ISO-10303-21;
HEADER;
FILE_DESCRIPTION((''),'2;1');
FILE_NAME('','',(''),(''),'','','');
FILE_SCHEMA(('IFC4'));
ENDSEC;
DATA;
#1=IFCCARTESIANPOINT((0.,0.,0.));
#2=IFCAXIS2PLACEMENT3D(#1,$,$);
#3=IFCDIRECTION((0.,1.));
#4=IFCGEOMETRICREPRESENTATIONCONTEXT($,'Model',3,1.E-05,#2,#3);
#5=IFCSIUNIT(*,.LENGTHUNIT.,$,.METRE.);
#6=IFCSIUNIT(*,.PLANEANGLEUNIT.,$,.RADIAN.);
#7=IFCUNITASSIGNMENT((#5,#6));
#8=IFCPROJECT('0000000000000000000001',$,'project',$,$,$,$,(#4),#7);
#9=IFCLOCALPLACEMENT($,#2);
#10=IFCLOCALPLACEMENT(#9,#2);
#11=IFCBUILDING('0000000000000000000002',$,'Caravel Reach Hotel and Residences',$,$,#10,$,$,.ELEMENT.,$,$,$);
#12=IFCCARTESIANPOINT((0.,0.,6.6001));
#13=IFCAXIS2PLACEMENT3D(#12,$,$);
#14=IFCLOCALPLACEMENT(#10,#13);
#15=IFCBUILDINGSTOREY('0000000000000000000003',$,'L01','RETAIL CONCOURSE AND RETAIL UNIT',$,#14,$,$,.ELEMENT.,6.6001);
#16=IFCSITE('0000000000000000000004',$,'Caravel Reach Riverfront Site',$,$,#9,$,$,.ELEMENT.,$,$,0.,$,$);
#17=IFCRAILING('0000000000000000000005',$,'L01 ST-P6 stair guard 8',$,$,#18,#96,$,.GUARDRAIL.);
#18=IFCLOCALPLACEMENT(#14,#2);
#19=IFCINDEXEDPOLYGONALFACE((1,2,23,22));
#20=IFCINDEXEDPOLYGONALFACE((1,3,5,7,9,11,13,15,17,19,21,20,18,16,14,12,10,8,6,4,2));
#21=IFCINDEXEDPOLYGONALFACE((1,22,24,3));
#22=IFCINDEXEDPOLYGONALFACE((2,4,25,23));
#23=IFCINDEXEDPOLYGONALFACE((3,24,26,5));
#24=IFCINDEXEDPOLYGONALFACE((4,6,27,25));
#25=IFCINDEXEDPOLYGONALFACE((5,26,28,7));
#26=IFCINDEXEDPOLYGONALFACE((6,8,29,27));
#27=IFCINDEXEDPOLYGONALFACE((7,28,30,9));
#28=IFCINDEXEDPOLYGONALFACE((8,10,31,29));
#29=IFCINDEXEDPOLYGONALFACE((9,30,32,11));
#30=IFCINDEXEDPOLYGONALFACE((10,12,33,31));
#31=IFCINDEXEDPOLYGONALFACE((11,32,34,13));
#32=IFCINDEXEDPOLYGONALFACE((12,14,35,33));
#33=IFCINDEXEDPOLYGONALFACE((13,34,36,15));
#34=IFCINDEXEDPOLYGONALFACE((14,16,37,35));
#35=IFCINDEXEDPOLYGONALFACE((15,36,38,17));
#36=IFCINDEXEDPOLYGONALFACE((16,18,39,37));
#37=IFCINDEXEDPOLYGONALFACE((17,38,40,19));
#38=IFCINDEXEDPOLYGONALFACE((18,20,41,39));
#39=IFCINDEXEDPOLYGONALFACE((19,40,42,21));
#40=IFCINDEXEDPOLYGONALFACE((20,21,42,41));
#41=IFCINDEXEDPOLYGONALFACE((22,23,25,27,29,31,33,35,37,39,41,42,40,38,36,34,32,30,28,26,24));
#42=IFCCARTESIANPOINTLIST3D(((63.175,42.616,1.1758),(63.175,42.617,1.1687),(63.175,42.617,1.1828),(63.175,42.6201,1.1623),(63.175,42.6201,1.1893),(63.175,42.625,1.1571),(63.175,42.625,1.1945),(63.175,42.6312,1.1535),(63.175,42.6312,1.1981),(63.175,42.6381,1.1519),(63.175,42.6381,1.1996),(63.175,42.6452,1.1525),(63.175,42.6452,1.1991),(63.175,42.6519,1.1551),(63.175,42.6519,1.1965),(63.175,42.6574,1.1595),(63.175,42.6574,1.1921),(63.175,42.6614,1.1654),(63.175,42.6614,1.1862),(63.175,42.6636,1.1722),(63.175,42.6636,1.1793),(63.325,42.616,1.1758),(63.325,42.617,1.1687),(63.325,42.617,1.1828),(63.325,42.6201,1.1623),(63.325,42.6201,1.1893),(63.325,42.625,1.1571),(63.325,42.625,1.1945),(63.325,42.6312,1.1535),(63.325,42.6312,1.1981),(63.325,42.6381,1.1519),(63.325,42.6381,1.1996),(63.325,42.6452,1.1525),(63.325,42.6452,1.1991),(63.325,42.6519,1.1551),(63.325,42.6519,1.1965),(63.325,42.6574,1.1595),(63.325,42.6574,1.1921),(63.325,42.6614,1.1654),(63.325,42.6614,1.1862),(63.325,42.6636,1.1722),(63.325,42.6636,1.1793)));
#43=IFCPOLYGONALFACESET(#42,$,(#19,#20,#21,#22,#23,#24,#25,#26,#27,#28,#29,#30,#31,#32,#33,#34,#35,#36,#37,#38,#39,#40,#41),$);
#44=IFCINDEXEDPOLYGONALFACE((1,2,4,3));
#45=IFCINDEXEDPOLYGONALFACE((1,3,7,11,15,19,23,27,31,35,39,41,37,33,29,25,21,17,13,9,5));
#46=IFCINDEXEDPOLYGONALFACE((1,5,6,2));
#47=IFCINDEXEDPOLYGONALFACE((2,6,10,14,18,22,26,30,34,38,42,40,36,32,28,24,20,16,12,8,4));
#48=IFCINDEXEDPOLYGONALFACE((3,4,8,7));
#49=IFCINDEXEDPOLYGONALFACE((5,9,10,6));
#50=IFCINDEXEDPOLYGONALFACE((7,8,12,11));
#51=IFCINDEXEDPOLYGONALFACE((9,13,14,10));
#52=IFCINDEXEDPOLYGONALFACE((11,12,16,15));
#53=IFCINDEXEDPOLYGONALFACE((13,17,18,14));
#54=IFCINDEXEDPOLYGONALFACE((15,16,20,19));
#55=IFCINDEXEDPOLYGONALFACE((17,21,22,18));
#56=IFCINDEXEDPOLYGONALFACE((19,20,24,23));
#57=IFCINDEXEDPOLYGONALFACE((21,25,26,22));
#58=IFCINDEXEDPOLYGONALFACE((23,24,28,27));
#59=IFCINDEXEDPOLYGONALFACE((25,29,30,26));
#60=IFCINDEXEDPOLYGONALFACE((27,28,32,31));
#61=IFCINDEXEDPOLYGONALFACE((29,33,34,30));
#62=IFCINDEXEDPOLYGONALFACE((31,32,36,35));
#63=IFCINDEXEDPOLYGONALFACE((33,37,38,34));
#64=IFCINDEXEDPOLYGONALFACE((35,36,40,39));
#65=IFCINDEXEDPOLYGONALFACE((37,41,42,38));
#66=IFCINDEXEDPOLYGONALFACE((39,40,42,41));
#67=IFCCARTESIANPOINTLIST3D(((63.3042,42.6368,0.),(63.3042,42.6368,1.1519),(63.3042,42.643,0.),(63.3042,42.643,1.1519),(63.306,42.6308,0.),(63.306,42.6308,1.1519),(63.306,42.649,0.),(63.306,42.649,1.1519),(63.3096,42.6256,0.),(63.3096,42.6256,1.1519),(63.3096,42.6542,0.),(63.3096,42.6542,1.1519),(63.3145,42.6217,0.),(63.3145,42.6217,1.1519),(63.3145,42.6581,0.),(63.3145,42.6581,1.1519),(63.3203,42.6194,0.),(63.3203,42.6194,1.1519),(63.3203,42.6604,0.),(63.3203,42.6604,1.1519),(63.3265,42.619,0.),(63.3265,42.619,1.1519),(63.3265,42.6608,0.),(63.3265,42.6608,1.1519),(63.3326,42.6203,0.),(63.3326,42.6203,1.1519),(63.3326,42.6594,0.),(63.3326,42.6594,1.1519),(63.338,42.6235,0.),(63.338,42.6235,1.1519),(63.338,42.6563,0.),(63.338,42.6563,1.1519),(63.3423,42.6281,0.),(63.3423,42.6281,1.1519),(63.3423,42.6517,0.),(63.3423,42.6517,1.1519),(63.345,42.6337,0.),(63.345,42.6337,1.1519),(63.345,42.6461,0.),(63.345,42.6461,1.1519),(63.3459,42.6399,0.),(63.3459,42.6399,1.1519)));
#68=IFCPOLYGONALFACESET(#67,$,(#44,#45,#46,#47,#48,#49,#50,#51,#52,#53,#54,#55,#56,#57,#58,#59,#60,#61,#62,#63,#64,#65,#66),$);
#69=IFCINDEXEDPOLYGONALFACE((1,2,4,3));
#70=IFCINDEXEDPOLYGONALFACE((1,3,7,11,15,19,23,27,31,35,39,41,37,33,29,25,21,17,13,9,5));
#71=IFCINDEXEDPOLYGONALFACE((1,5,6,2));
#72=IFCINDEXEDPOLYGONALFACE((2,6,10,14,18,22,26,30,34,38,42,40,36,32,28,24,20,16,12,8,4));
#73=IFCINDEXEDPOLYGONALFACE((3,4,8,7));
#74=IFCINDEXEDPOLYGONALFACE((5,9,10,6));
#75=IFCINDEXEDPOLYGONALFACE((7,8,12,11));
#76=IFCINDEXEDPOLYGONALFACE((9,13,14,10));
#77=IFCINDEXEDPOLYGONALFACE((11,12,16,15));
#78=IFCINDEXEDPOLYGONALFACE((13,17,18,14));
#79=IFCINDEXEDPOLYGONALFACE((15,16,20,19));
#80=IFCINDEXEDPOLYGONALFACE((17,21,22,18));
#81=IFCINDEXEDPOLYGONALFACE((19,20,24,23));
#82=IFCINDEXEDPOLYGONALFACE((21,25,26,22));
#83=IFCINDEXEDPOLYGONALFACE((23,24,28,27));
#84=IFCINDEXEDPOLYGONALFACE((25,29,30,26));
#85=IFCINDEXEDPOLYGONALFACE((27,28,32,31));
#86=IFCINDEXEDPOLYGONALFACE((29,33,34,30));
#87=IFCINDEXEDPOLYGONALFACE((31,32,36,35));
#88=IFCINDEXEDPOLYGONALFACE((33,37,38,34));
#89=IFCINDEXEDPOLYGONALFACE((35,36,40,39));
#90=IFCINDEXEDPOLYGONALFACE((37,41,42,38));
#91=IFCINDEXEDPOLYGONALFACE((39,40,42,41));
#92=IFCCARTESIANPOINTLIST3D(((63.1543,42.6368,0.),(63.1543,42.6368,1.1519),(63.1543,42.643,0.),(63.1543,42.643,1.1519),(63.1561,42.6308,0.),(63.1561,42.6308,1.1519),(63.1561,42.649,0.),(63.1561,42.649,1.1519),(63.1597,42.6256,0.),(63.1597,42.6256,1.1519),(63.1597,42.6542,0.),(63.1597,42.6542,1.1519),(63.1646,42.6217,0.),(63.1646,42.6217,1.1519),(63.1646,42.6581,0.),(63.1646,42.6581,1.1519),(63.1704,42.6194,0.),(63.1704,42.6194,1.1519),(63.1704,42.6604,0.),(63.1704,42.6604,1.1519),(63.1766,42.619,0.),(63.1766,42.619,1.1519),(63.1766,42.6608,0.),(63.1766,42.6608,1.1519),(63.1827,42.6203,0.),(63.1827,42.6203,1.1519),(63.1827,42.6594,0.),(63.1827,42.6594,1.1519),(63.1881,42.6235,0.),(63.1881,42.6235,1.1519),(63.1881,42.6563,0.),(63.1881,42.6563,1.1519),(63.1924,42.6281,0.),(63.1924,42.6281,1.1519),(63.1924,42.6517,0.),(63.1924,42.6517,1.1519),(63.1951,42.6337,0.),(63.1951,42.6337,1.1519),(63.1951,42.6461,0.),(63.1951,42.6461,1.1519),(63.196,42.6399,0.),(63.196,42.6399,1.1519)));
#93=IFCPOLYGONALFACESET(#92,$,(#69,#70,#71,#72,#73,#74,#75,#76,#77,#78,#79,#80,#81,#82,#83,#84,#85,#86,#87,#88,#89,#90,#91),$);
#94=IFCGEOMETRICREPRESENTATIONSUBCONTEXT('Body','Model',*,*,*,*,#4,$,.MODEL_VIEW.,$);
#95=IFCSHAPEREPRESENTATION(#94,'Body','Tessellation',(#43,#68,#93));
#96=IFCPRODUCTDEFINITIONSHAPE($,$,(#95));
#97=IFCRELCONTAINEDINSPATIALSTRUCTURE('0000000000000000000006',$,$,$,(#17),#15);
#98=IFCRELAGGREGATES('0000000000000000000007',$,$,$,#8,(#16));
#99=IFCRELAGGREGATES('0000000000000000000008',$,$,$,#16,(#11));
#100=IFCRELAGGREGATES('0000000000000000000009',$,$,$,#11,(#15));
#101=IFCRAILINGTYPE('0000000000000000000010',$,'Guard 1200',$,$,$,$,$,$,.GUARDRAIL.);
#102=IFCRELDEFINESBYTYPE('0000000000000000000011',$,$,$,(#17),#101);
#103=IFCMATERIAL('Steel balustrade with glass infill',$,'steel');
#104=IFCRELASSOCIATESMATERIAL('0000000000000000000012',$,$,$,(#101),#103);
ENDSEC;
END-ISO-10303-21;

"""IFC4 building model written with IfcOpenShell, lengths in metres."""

from ifc_helpers import new_model, si_unit, direction, frame, origin, origin_2d, place, context, subcontext, project, spatial, circle, extrude, material, type_object, element, save


model = new_model("IFC4")

# Units and contexts
model_context = context("Model", 3, precision=1e-05, world=origin(), true_north=direction((0.0, 1.0)))
body_context = subcontext(model_context, "Body", "Model", "MODEL_VIEW")
ifc_project = project(units=[si_unit("LENGTHUNIT", "METRE"), si_unit("PLANEANGLEUNIT", "RADIAN")], contexts=[model_context])

# Site, building, storey
site_placement = place(None, origin())
site = spatial("IfcSite", under=ifc_project, at=site_placement, Name="Caravel Reach Riverfront Site", CompositionType="ELEMENT", RefElevation=0.0)
building_placement = place(site_placement, origin())
building = spatial("IfcBuilding", under=site, at=building_placement, Name="Caravel Reach Hotel and Residences", CompositionType="ELEMENT")
storey_placement = place(building_placement, frame((0.0, 0.0, 6.6001)))
storey = spatial("IfcBuildingStorey", under=building, at=storey_placement, Name="L01", Description="RETAIL CONCOURSE AND RETAIL UNIT", CompositionType="ELEMENT", Elevation=6.6001)

# Railing
ifc_material_1 = material(Name="Steel balustrade with glass infill", Category="steel")
railing_type_1 = type_object("IfcRailingType", Name="Guard 1200", PredefinedType="GUARDRAIL", material=ifc_material_1)
railing_1_placement = place(storey_placement, frame((63.325, 42.6399, 0.0)))
element("IfcRailing", 1, at=railing_1_placement, inside=storey, type_object=railing_type_1, Name="L01 ST-P6 stair guard 8", PredefinedType="GUARDRAIL", context=body_context, shape_type="SweptSolid", body=[
    extrude(circle(Radius=0.0239, at=origin_2d()), frame((0.0, 0.0, 1.1758), z_axis=(-1.0, 0.0, 0.0), x_axis=(0.0, -1.0, 0.0)), (0.0, 0.0, 1.0), 0.1499),
    extrude(circle(Radius=0.021, at=origin_2d()), origin(), (0.0, 0.0, 1.0), 1.1519),
    extrude(circle(Radius=0.021, at=origin_2d()), frame((-0.1499, 0.0, 0.0)), (0.0, 0.0, 1.0), 1.1519),
])

save(model, "model.ifc")
